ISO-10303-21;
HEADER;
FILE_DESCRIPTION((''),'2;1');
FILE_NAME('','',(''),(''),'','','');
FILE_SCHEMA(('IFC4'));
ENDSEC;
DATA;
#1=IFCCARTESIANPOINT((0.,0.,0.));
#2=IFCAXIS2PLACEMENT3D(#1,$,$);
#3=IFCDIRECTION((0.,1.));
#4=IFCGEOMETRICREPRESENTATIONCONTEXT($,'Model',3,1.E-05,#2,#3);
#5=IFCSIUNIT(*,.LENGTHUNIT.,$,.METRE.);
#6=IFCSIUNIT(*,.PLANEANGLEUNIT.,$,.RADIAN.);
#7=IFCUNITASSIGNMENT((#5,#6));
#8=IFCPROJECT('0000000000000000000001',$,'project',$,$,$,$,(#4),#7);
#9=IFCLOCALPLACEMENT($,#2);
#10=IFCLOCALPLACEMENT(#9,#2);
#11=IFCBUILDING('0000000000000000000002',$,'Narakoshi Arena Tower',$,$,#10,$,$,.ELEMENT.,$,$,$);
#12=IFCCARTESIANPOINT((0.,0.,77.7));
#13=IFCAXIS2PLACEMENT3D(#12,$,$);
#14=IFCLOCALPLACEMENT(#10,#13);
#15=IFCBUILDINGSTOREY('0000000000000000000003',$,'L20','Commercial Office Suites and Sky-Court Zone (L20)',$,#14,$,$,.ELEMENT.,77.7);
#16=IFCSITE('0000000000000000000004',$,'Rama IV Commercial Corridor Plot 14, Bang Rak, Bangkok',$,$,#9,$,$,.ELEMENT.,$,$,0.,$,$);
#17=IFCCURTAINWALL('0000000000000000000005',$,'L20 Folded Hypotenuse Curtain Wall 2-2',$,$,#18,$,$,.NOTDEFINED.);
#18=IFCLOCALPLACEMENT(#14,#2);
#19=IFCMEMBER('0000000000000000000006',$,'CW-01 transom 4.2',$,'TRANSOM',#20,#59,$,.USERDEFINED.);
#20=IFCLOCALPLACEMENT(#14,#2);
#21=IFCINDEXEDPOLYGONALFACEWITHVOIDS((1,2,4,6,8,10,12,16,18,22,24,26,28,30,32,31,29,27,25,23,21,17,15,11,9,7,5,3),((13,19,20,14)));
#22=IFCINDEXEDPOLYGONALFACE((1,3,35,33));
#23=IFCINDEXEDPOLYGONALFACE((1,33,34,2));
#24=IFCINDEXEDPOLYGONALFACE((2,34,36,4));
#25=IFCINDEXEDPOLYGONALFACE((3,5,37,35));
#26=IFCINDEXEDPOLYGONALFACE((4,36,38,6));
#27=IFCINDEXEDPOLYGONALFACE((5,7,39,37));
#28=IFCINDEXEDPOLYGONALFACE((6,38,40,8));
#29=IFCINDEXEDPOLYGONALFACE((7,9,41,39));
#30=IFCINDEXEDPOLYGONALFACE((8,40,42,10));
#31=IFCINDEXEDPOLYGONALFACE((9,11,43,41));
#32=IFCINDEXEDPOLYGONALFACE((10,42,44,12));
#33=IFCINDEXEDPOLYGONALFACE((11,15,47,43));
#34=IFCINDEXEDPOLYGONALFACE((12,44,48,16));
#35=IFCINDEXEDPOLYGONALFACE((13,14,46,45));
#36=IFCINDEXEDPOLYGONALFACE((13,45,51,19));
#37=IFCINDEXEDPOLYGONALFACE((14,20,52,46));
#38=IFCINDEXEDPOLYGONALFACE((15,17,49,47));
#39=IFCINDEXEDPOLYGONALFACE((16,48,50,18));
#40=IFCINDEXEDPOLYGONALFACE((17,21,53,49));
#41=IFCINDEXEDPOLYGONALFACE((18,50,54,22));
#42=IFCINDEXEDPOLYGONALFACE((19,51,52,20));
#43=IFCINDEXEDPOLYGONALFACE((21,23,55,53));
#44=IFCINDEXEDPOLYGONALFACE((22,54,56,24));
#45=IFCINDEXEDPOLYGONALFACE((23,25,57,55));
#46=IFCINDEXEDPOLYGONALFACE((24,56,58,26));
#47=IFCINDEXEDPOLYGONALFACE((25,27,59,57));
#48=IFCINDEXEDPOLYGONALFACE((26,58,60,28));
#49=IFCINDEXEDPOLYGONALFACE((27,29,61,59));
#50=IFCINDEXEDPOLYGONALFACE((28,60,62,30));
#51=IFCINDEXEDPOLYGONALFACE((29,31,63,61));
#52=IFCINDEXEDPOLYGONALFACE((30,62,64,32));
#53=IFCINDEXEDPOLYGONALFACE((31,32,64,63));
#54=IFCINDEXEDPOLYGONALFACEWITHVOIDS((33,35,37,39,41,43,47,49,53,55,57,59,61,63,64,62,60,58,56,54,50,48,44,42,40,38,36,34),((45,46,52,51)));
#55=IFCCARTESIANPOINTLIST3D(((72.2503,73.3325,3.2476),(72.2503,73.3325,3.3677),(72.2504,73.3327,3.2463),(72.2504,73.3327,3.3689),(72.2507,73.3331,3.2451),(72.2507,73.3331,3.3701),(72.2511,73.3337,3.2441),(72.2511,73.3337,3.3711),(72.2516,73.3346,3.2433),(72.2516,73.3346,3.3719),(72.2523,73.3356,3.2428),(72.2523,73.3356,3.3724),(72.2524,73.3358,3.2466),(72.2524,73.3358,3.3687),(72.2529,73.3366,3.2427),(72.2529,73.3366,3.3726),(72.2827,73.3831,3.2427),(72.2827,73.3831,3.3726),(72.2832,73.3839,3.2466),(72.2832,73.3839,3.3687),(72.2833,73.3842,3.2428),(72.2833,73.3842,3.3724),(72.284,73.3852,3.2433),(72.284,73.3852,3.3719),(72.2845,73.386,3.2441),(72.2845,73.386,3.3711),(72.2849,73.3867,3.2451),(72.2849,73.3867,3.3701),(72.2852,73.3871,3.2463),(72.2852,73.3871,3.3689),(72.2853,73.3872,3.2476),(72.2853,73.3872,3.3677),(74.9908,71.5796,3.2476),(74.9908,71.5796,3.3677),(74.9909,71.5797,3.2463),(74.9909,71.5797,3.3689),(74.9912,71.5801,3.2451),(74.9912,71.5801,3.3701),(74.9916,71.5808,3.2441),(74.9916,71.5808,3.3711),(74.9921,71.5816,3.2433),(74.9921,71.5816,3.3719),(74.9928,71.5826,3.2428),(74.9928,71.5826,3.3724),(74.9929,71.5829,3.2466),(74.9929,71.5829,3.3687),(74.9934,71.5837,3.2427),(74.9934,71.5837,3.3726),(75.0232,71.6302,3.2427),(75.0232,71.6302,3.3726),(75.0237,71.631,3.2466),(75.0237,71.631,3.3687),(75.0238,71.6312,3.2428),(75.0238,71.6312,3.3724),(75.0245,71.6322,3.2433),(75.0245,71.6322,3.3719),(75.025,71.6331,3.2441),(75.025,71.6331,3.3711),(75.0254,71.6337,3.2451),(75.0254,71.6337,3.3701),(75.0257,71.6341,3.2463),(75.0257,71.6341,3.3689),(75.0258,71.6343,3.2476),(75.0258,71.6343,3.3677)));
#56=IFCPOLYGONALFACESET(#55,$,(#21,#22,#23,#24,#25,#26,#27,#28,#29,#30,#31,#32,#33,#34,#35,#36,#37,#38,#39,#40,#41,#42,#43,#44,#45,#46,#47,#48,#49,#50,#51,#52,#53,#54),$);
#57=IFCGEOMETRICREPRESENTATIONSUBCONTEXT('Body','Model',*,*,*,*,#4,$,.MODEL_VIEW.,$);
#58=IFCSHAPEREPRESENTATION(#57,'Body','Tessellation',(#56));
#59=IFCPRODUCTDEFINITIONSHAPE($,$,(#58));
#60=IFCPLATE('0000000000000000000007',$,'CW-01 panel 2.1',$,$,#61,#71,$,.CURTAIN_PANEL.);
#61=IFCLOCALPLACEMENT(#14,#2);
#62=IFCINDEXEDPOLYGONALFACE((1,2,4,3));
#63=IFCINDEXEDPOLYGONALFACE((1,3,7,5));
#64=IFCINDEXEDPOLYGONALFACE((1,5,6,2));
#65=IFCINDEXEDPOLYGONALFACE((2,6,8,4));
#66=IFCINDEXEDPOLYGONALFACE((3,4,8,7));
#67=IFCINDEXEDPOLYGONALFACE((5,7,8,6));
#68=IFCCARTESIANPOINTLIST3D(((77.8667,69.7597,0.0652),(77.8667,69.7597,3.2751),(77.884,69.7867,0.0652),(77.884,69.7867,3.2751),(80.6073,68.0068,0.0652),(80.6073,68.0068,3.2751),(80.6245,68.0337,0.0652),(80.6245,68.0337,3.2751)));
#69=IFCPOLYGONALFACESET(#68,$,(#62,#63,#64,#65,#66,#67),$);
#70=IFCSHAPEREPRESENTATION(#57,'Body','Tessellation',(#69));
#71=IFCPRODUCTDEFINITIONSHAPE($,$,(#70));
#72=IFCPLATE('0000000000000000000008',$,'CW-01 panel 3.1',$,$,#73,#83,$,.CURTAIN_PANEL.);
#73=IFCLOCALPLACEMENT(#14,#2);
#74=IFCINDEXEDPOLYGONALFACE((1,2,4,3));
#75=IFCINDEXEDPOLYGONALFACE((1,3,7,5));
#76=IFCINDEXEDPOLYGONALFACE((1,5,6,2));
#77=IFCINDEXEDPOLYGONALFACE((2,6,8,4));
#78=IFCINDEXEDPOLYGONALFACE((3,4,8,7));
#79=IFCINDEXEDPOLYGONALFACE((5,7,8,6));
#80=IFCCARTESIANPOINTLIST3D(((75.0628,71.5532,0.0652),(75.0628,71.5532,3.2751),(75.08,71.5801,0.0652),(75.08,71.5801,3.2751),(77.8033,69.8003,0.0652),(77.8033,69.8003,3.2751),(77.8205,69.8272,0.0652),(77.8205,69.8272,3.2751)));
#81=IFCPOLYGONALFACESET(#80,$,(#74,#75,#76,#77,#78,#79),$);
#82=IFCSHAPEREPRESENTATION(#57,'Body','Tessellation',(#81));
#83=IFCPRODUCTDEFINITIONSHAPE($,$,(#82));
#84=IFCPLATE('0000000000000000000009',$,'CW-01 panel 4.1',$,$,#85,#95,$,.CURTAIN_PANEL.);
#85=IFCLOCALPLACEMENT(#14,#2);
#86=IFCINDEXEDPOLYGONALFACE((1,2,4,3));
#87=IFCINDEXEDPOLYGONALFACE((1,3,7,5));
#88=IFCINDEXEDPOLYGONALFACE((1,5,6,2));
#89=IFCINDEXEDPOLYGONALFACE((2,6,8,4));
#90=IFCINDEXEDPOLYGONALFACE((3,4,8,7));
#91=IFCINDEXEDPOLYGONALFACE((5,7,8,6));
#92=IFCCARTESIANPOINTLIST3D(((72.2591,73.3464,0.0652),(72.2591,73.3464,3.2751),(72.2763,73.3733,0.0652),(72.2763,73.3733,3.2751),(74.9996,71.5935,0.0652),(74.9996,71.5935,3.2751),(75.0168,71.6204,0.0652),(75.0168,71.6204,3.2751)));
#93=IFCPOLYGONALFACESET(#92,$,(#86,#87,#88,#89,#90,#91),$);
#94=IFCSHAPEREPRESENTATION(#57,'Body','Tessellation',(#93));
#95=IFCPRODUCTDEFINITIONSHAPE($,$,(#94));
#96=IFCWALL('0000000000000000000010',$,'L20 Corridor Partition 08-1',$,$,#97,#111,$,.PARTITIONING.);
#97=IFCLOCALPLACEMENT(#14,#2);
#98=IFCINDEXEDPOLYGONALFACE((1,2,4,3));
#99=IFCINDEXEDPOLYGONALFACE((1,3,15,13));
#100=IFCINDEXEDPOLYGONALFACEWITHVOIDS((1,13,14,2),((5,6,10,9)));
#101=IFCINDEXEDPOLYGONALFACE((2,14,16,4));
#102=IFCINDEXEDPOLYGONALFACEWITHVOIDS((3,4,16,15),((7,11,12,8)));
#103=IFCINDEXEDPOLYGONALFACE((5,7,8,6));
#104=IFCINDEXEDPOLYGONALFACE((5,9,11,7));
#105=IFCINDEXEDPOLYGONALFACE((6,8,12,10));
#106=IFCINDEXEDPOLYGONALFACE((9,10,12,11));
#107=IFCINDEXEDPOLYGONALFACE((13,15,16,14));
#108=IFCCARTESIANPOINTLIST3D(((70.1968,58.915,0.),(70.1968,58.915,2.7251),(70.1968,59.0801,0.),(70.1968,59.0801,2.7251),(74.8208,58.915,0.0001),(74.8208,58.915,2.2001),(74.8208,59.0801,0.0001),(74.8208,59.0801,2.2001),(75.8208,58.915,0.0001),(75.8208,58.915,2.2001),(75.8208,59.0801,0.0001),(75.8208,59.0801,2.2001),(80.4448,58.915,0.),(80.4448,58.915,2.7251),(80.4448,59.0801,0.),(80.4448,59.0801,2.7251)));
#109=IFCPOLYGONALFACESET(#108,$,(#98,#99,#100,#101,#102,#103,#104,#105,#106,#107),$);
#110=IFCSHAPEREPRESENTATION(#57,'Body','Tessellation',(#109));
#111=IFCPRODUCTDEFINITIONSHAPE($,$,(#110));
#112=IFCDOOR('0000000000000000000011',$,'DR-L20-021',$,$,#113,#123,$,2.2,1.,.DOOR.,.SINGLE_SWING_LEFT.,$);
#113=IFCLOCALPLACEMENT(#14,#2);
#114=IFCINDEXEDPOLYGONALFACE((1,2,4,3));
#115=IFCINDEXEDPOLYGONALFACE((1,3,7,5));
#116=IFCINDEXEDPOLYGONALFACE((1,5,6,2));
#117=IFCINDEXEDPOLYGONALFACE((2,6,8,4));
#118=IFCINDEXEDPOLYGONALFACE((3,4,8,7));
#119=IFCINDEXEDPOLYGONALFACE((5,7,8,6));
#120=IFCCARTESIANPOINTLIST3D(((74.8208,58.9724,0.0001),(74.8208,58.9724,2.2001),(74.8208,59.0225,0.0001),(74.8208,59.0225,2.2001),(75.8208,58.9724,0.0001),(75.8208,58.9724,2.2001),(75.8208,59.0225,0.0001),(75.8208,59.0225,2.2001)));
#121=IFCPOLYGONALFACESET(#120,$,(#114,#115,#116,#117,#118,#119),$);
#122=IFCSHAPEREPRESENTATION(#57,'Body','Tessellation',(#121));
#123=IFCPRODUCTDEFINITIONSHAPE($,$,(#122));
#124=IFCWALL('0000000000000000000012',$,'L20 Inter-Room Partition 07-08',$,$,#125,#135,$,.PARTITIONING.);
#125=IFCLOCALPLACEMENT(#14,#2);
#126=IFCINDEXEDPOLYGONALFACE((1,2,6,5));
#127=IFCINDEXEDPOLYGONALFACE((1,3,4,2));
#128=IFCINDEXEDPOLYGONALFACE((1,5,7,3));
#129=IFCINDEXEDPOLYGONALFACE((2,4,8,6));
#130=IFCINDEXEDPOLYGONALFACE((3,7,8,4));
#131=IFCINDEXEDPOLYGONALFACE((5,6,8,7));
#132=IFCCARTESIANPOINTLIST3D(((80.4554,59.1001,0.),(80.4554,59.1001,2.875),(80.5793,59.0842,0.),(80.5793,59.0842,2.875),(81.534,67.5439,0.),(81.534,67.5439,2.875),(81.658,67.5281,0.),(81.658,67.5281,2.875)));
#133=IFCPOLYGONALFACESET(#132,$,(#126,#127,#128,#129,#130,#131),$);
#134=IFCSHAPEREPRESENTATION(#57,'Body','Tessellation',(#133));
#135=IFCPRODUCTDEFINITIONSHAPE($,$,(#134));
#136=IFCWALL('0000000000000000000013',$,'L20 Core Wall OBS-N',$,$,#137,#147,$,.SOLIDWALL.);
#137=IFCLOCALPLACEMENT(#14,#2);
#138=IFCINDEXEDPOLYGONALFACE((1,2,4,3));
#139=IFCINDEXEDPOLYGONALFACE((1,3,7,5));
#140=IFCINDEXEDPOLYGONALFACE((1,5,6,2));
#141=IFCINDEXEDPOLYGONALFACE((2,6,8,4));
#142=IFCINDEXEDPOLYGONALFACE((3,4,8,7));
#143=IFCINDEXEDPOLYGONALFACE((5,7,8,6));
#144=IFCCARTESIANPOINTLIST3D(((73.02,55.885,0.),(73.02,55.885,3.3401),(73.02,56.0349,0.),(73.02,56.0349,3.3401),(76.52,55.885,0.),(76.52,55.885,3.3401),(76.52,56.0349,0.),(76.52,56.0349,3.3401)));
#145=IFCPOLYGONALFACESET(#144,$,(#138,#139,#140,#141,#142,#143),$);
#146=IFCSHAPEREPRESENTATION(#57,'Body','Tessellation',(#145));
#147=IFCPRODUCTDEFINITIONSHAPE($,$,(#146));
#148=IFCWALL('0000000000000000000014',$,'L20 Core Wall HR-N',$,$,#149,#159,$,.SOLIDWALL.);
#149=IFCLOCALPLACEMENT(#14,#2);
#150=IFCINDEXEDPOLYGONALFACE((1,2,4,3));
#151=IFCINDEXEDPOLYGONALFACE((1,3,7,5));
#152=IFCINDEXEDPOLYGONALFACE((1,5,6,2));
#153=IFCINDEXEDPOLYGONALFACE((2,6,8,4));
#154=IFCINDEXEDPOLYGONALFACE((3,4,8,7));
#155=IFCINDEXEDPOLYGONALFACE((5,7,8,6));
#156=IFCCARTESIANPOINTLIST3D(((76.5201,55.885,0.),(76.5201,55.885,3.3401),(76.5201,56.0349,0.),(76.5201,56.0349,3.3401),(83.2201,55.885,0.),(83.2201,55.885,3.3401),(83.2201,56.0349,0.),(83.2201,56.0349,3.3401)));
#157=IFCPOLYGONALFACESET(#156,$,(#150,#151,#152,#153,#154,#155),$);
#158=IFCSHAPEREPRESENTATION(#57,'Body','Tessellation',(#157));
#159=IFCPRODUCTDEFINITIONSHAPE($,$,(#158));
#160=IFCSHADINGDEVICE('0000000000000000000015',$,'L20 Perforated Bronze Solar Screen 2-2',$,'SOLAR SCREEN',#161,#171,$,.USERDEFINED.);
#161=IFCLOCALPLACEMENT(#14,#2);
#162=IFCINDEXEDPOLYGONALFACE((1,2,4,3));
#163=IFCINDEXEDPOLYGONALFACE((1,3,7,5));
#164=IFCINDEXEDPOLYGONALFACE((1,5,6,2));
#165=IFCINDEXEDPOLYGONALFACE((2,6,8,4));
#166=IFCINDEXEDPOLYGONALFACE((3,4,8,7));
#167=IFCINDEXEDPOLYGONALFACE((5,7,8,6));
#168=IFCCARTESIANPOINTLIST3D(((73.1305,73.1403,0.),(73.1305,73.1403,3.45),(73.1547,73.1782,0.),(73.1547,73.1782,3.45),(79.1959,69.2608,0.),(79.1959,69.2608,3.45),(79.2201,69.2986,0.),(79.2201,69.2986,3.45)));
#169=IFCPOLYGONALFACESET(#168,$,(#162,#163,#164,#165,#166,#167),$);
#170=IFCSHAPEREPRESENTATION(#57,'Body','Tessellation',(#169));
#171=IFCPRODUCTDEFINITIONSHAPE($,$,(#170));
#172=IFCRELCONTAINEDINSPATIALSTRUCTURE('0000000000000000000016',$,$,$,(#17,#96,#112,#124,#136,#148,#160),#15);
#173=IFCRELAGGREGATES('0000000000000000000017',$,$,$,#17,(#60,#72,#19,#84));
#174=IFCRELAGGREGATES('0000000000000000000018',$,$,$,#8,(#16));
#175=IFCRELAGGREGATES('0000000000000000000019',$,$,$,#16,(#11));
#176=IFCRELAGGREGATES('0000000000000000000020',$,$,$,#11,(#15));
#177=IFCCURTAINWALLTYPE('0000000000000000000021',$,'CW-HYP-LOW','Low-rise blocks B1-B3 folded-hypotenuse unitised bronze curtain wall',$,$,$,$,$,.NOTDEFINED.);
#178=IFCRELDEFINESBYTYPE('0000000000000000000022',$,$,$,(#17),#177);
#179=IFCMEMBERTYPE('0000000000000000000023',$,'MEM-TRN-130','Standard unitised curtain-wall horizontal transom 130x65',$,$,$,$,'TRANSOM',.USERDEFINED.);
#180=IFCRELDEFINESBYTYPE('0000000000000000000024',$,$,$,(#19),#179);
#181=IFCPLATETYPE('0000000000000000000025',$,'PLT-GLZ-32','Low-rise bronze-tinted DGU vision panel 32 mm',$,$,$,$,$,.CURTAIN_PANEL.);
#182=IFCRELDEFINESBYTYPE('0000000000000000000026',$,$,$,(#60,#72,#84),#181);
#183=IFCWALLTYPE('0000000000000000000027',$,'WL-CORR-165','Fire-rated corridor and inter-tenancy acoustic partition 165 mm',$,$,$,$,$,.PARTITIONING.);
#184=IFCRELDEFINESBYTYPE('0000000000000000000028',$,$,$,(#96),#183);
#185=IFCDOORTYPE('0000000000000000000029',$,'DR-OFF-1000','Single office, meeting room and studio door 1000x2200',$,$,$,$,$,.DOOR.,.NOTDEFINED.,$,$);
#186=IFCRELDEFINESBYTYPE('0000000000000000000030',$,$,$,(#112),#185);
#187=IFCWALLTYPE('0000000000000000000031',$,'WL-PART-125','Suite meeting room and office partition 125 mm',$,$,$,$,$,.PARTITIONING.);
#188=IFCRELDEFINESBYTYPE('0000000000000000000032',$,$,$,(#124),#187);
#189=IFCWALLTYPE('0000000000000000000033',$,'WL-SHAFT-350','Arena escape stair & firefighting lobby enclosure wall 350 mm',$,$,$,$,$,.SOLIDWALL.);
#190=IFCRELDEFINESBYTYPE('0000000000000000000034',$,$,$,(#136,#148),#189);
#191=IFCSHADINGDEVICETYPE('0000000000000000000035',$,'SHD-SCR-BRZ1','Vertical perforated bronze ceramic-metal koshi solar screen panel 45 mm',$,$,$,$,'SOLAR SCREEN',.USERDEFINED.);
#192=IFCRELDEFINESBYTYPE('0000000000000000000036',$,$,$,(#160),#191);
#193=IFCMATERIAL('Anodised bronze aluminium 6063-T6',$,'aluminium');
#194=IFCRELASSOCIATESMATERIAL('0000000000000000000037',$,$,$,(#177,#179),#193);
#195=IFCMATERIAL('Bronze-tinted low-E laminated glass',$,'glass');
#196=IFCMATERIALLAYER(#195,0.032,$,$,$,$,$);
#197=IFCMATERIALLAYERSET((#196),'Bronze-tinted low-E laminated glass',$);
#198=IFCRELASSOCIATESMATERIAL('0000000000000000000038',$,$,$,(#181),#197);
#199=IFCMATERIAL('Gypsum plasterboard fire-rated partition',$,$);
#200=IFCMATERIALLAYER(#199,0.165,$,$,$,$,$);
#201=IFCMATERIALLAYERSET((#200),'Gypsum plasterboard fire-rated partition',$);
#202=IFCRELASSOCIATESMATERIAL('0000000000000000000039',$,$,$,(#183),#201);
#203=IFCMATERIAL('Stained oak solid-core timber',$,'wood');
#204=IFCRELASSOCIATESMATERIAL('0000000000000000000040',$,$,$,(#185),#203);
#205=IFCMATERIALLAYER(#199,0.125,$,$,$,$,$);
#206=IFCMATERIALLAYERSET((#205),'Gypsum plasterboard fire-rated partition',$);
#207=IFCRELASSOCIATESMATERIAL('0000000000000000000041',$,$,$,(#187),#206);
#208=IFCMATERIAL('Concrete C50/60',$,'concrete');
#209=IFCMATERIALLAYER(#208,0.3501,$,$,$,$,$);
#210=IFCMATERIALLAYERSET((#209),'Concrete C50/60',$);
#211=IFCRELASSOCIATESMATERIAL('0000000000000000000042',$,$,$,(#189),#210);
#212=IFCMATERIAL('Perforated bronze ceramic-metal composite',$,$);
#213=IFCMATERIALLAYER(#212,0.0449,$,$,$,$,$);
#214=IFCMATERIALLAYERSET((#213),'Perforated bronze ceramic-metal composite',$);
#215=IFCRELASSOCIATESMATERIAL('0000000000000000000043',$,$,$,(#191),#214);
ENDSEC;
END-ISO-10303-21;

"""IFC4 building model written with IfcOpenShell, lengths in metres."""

from ifc_helpers import new_model, si_unit, direction, frame, frame_2d, origin, origin_2d, place, context, subcontext, project, spatial, rectangle, hollow_rectangle, extrude, material, layer, layer_set, material_profile, profile_set, type_object, element, fill, aggregate, save


model = new_model("IFC4")

# Units and contexts
model_context = context("Model", 3, precision=1e-05, world=origin(), true_north=direction((0.0, 1.0)))
body_context = subcontext(model_context, "Body", "Model", "MODEL_VIEW")
ifc_project = project(units=[si_unit("LENGTHUNIT", "METRE"), si_unit("PLANEANGLEUNIT", "RADIAN")], contexts=[model_context])

# Site, building, storey
site_placement = place(None, origin())
site = spatial("IfcSite", under=ifc_project, at=site_placement, Name="Rama IV Commercial Corridor Plot 14, Bang Rak, Bangkok", CompositionType="ELEMENT", RefElevation=0.0)
building_placement = place(site_placement, origin())
building = spatial("IfcBuilding", under=site, at=building_placement, Name="Narakoshi Arena Tower", CompositionType="ELEMENT")
storey_placement = place(building_placement, frame((0.0, 0.0, 77.7)))
storey = spatial("IfcBuildingStorey", under=building, at=storey_placement, Name="L20", Description="Commercial Office Suites and Sky-Court Zone (L20)", CompositionType="ELEMENT", Elevation=77.7)

# Curtain wall, member, plates
ifc_material_1 = material(Name="Anodised bronze aluminium 6063-T6", Category="aluminium")
curtain_wall_type = type_object("IfcCurtainWallType", Name="CW-HYP-LOW", Description="Low-rise blocks B1-B3 folded-hypotenuse unitised bronze curtain wall", PredefinedType="NOTDEFINED", material=ifc_material_1)
curtain_wall_placement = place(storey_placement, origin())
curtain_wall = element("IfcCurtainWall", 1, at=curtain_wall_placement, inside=storey, type_object=curtain_wall_type, Name="L20 Folded Hypotenuse Curtain Wall 2-2", PredefinedType="NOTDEFINED")
ifc_material_profile_1 = material_profile(ifc_material_1, hollow_rectangle(XDim=0.0649, YDim=0.1299, WallThickness=0.0039, OuterFilletRadius=0.0049, at=origin_2d()), Name="TRN130x65x4")
ifc_profile_set_1 = profile_set([ifc_material_profile_1], Name="Anodised bronze aluminium 6063-T6")
member_type_1 = type_object("IfcMemberType", Name="MEM-TRN-130", Description="Standard unitised curtain-wall horizontal transom 130x65", ElementType="TRANSOM", PredefinedType="USERDEFINED", material=ifc_profile_set_1)
member_1_placement = place(storey_placement, frame((75.0083, 71.6069, 3.3076), z_axis=(-0.842408, 0.538841, 0.0), x_axis=(-0.538841, -0.842408, 0.0)))
member_1 = element("IfcMember", 2, at=member_1_placement, type_object=member_type_1, Name="CW-01 transom 4.2", ObjectType="TRANSOM", PredefinedType="USERDEFINED", context=body_context, shape_type="SweptSolid", body=[
    extrude(hollow_rectangle(XDim=0.0649, YDim=0.1299, WallThickness=0.0039, OuterFilletRadius=0.0049, at=origin_2d()), origin(), (0.0, 0.0, 1.0), 3.2532),
])
ifc_material_2 = material(Name="Bronze-tinted low-E laminated glass", Category="glass")
ifc_layer_1 = layer(ifc_material_2, 0.032)
ifc_layer_set_1 = layer_set([ifc_layer_1], Name="Bronze-tinted low-E laminated glass")
plate_type = type_object("IfcPlateType", Name="PLT-GLZ-32", Description="Low-rise bronze-tinted DGU vision panel 32 mm", PredefinedType="CURTAIN_PANEL", material=ifc_layer_set_1)
plate_1_placement = place(storey_placement, frame((79.2456, 68.8967, 0.0652), z_axis=(0.0, 0.0, 1.0), x_axis=(-0.842415, 0.538829, 0.0)))
plate_1 = element("IfcPlate", 3, at=plate_1_placement, type_object=plate_type, Name="CW-01 panel 2.1", PredefinedType="CURTAIN_PANEL", context=body_context, shape_type="SweptSolid", body=[
    extrude(rectangle(XDim=3.2532, YDim=0.032, at=origin_2d()), origin(), (0.0, 0.0, 1.0), 3.21),
])
plate_2_placement = place(storey_placement, frame((76.4417, 70.6902, 0.0652), z_axis=(0.0, 0.0, 1.0), x_axis=(-0.842415, 0.538829, 0.0)))
plate_2 = element("IfcPlate", 4, at=plate_2_placement, type_object=plate_type, Name="CW-01 panel 3.1", PredefinedType="CURTAIN_PANEL", context=body_context, shape_type="SweptSolid", body=[
    extrude(rectangle(XDim=3.2532, YDim=0.032, at=origin_2d()), origin(), (0.0, 0.0, 1.0), 3.21),
])
plate_3_placement = place(storey_placement, frame((73.6379, 72.4834, 0.0652), z_axis=(0.0, 0.0, 1.0), x_axis=(-0.842415, 0.538829, 0.0)))
plate_3 = element("IfcPlate", 5, at=plate_3_placement, type_object=plate_type, Name="CW-01 panel 4.1", PredefinedType="CURTAIN_PANEL", context=body_context, shape_type="SweptSolid", body=[
    extrude(rectangle(XDim=3.2532, YDim=0.032, at=origin_2d()), origin(), (0.0, 0.0, 1.0), 3.21),
])
aggregate(curtain_wall, [plate_1, plate_2, member_1, plate_3])

# Wall, opening, door
ifc_material_3 = material(Name="Gypsum plasterboard fire-rated partition")
ifc_layer_2 = layer(ifc_material_3, 0.165)
ifc_layer_set_2 = layer_set([ifc_layer_2], Name="Gypsum plasterboard fire-rated partition")
wall_type_1 = type_object("IfcWallType", Name="WL-CORR-165", Description="Fire-rated corridor and inter-tenancy acoustic partition 165 mm", PredefinedType="PARTITIONING", material=ifc_layer_set_2)
wall_1_placement = place(storey_placement, frame((80.4448, 58.9976, 0.0), z_axis=(0.0, 0.0, 1.0), x_axis=(-1.0, 0.0, 0.0)))
wall_1 = element("IfcWall", 6, at=wall_1_placement, inside=storey, type_object=wall_type_1, Name="L20 Corridor Partition 08-1", PredefinedType="PARTITIONING", context=body_context, shape_type="SweptSolid", body=[
    extrude(rectangle(XDim=10.248, YDim=0.165, at=frame_2d((5.124, 0.0))), origin(), (0.0, 0.0, 1.0), 2.7251),
])
opening_placement = place(wall_1_placement, frame((4.624, 0.0, 0.0)))
opening = element("IfcOpeningElement", 7, at=opening_placement, cuts=wall_1, PredefinedType="OPENING", context=body_context, shape_type="SweptSolid", body=[
    extrude(rectangle(XDim=1.0, YDim=2.2, at=frame_2d((0.5, 1.1001))), frame((0.0, 0.0925, 0.0), z_axis=(0.0, -1.0, 0.0), x_axis=(1.0, 0.0, 0.0)), (0.0, 0.0, 1.0), 0.1851),
])
ifc_material_4 = material(Name="Stained oak solid-core timber", Category="wood")
door_type = type_object("IfcDoorType", Name="DR-OFF-1000", Description="Single office, meeting room and studio door 1000x2200", OperationType="NOTDEFINED", PredefinedType="DOOR", material=ifc_material_4)
door_placement = place(opening_placement, frame((1.0, 0.0, 0.0), z_axis=(0.0, 0.0, 1.0), x_axis=(-1.0, 0.0, 0.0)))
door = element("IfcDoor", 8, at=door_placement, inside=storey, type_object=door_type, Name="DR-L20-021", OperationType="SINGLE_SWING_LEFT", OverallHeight=2.2, OverallWidth=1.0, PredefinedType="DOOR", context=body_context, shape_type="SweptSolid", body=[
    extrude(rectangle(XDim=1.0, YDim=2.2, at=frame_2d((0.5, 1.1001))), frame((0.0, 0.0249, 0.0), z_axis=(0.0, -1.0, 0.0), x_axis=(1.0, 0.0, 0.0)), (0.0, 0.0, 1.0), 0.05),
])
fill(opening, door)

# Walls
ifc_layer_3 = layer(ifc_material_3, 0.125)
ifc_layer_set_3 = layer_set([ifc_layer_3], Name="Gypsum plasterboard fire-rated partition")
wall_type_2 = type_object("IfcWallType", Name="WL-PART-125", Description="Suite meeting room and office partition 125 mm", PredefinedType="PARTITIONING", material=ifc_layer_set_3)
wall_2_placement = place(storey_placement, frame((80.5173, 59.092, 0.0), z_axis=(0.0, 0.0, 1.0), x_axis=(0.12671, 0.99194, 0.0)))
element("IfcWall", 9, at=wall_2_placement, inside=storey, type_object=wall_type_2, Name="L20 Inter-Room Partition 07-08", PredefinedType="PARTITIONING", context=body_context, shape_type="SweptSolid", body=[
    extrude(rectangle(XDim=8.5125, YDim=0.125, at=frame_2d((4.2563, 0.0))), origin(), (0.0, 0.0, 1.0), 2.875),
])
ifc_material_5 = material(Name="Concrete C50/60", Category="concrete")
ifc_layer_4 = layer(ifc_material_5, 0.3501)
ifc_layer_set_4 = layer_set([ifc_layer_4], Name="Concrete C50/60")
wall_type_3 = type_object("IfcWallType", Name="WL-SHAFT-350", Description="Arena escape stair & firefighting lobby enclosure wall 350 mm", PredefinedType="SOLIDWALL", material=ifc_layer_set_4)
wall_3_placement = place(storey_placement, frame((73.02, 55.96, 0.0), z_axis=(0.0, 0.0, 1.0), x_axis=(1.0, 0.0, 0.0)))
element("IfcWall", 10, at=wall_3_placement, inside=storey, type_object=wall_type_3, Name="L20 Core Wall OBS-N", PredefinedType="SOLIDWALL", context=body_context, shape_type="SweptSolid", body=[
    extrude(rectangle(XDim=3.5, YDim=0.1499, at=frame_2d((1.75, 0.0))), origin(), (0.0, 0.0, 1.0), 3.3401),
])
wall_4_placement = place(storey_placement, frame((76.52, 55.96, 0.0), z_axis=(0.0, 0.0, 1.0), x_axis=(1.0, 0.0, 0.0)))
element("IfcWall", 11, at=wall_4_placement, inside=storey, type_object=wall_type_3, Name="L20 Core Wall HR-N", PredefinedType="SOLIDWALL", context=body_context, shape_type="SweptSolid", body=[
    extrude(rectangle(XDim=6.7, YDim=0.1499, at=frame_2d((3.3501, 0.0))), origin(), (0.0, 0.0, 1.0), 3.3401),
])

# Shading device
ifc_material_6 = material(Name="Perforated bronze ceramic-metal composite")
ifc_layer_5 = layer(ifc_material_6, 0.0449)
ifc_layer_set_5 = layer_set([ifc_layer_5], Name="Perforated bronze ceramic-metal composite")
shading_device_type = type_object("IfcShadingDeviceType", Name="SHD-SCR-BRZ1", Description="Vertical perforated bronze ceramic-metal koshi solar screen panel 45 mm", ElementType="SOLAR SCREEN", PredefinedType="USERDEFINED", material=ifc_layer_set_5)
shading_device_placement = place(storey_placement, frame((76.1753, 71.2195, 0.0), z_axis=(0.0, 0.0, 1.0), x_axis=(-0.842415, 0.53883, 0.0)))
element("IfcShadingDevice", 12, at=shading_device_placement, inside=storey, type_object=shading_device_type, Name="L20 Perforated Bronze Solar Screen 2-2", ObjectType="SOLAR SCREEN", PredefinedType="USERDEFINED", context=body_context, shape_type="SweptSolid", body=[
    extrude(rectangle(XDim=7.2, YDim=0.0449, at=origin_2d()), origin(), (0.0, 0.0, 1.0), 3.45),
])

save(model, "model.ifc")
